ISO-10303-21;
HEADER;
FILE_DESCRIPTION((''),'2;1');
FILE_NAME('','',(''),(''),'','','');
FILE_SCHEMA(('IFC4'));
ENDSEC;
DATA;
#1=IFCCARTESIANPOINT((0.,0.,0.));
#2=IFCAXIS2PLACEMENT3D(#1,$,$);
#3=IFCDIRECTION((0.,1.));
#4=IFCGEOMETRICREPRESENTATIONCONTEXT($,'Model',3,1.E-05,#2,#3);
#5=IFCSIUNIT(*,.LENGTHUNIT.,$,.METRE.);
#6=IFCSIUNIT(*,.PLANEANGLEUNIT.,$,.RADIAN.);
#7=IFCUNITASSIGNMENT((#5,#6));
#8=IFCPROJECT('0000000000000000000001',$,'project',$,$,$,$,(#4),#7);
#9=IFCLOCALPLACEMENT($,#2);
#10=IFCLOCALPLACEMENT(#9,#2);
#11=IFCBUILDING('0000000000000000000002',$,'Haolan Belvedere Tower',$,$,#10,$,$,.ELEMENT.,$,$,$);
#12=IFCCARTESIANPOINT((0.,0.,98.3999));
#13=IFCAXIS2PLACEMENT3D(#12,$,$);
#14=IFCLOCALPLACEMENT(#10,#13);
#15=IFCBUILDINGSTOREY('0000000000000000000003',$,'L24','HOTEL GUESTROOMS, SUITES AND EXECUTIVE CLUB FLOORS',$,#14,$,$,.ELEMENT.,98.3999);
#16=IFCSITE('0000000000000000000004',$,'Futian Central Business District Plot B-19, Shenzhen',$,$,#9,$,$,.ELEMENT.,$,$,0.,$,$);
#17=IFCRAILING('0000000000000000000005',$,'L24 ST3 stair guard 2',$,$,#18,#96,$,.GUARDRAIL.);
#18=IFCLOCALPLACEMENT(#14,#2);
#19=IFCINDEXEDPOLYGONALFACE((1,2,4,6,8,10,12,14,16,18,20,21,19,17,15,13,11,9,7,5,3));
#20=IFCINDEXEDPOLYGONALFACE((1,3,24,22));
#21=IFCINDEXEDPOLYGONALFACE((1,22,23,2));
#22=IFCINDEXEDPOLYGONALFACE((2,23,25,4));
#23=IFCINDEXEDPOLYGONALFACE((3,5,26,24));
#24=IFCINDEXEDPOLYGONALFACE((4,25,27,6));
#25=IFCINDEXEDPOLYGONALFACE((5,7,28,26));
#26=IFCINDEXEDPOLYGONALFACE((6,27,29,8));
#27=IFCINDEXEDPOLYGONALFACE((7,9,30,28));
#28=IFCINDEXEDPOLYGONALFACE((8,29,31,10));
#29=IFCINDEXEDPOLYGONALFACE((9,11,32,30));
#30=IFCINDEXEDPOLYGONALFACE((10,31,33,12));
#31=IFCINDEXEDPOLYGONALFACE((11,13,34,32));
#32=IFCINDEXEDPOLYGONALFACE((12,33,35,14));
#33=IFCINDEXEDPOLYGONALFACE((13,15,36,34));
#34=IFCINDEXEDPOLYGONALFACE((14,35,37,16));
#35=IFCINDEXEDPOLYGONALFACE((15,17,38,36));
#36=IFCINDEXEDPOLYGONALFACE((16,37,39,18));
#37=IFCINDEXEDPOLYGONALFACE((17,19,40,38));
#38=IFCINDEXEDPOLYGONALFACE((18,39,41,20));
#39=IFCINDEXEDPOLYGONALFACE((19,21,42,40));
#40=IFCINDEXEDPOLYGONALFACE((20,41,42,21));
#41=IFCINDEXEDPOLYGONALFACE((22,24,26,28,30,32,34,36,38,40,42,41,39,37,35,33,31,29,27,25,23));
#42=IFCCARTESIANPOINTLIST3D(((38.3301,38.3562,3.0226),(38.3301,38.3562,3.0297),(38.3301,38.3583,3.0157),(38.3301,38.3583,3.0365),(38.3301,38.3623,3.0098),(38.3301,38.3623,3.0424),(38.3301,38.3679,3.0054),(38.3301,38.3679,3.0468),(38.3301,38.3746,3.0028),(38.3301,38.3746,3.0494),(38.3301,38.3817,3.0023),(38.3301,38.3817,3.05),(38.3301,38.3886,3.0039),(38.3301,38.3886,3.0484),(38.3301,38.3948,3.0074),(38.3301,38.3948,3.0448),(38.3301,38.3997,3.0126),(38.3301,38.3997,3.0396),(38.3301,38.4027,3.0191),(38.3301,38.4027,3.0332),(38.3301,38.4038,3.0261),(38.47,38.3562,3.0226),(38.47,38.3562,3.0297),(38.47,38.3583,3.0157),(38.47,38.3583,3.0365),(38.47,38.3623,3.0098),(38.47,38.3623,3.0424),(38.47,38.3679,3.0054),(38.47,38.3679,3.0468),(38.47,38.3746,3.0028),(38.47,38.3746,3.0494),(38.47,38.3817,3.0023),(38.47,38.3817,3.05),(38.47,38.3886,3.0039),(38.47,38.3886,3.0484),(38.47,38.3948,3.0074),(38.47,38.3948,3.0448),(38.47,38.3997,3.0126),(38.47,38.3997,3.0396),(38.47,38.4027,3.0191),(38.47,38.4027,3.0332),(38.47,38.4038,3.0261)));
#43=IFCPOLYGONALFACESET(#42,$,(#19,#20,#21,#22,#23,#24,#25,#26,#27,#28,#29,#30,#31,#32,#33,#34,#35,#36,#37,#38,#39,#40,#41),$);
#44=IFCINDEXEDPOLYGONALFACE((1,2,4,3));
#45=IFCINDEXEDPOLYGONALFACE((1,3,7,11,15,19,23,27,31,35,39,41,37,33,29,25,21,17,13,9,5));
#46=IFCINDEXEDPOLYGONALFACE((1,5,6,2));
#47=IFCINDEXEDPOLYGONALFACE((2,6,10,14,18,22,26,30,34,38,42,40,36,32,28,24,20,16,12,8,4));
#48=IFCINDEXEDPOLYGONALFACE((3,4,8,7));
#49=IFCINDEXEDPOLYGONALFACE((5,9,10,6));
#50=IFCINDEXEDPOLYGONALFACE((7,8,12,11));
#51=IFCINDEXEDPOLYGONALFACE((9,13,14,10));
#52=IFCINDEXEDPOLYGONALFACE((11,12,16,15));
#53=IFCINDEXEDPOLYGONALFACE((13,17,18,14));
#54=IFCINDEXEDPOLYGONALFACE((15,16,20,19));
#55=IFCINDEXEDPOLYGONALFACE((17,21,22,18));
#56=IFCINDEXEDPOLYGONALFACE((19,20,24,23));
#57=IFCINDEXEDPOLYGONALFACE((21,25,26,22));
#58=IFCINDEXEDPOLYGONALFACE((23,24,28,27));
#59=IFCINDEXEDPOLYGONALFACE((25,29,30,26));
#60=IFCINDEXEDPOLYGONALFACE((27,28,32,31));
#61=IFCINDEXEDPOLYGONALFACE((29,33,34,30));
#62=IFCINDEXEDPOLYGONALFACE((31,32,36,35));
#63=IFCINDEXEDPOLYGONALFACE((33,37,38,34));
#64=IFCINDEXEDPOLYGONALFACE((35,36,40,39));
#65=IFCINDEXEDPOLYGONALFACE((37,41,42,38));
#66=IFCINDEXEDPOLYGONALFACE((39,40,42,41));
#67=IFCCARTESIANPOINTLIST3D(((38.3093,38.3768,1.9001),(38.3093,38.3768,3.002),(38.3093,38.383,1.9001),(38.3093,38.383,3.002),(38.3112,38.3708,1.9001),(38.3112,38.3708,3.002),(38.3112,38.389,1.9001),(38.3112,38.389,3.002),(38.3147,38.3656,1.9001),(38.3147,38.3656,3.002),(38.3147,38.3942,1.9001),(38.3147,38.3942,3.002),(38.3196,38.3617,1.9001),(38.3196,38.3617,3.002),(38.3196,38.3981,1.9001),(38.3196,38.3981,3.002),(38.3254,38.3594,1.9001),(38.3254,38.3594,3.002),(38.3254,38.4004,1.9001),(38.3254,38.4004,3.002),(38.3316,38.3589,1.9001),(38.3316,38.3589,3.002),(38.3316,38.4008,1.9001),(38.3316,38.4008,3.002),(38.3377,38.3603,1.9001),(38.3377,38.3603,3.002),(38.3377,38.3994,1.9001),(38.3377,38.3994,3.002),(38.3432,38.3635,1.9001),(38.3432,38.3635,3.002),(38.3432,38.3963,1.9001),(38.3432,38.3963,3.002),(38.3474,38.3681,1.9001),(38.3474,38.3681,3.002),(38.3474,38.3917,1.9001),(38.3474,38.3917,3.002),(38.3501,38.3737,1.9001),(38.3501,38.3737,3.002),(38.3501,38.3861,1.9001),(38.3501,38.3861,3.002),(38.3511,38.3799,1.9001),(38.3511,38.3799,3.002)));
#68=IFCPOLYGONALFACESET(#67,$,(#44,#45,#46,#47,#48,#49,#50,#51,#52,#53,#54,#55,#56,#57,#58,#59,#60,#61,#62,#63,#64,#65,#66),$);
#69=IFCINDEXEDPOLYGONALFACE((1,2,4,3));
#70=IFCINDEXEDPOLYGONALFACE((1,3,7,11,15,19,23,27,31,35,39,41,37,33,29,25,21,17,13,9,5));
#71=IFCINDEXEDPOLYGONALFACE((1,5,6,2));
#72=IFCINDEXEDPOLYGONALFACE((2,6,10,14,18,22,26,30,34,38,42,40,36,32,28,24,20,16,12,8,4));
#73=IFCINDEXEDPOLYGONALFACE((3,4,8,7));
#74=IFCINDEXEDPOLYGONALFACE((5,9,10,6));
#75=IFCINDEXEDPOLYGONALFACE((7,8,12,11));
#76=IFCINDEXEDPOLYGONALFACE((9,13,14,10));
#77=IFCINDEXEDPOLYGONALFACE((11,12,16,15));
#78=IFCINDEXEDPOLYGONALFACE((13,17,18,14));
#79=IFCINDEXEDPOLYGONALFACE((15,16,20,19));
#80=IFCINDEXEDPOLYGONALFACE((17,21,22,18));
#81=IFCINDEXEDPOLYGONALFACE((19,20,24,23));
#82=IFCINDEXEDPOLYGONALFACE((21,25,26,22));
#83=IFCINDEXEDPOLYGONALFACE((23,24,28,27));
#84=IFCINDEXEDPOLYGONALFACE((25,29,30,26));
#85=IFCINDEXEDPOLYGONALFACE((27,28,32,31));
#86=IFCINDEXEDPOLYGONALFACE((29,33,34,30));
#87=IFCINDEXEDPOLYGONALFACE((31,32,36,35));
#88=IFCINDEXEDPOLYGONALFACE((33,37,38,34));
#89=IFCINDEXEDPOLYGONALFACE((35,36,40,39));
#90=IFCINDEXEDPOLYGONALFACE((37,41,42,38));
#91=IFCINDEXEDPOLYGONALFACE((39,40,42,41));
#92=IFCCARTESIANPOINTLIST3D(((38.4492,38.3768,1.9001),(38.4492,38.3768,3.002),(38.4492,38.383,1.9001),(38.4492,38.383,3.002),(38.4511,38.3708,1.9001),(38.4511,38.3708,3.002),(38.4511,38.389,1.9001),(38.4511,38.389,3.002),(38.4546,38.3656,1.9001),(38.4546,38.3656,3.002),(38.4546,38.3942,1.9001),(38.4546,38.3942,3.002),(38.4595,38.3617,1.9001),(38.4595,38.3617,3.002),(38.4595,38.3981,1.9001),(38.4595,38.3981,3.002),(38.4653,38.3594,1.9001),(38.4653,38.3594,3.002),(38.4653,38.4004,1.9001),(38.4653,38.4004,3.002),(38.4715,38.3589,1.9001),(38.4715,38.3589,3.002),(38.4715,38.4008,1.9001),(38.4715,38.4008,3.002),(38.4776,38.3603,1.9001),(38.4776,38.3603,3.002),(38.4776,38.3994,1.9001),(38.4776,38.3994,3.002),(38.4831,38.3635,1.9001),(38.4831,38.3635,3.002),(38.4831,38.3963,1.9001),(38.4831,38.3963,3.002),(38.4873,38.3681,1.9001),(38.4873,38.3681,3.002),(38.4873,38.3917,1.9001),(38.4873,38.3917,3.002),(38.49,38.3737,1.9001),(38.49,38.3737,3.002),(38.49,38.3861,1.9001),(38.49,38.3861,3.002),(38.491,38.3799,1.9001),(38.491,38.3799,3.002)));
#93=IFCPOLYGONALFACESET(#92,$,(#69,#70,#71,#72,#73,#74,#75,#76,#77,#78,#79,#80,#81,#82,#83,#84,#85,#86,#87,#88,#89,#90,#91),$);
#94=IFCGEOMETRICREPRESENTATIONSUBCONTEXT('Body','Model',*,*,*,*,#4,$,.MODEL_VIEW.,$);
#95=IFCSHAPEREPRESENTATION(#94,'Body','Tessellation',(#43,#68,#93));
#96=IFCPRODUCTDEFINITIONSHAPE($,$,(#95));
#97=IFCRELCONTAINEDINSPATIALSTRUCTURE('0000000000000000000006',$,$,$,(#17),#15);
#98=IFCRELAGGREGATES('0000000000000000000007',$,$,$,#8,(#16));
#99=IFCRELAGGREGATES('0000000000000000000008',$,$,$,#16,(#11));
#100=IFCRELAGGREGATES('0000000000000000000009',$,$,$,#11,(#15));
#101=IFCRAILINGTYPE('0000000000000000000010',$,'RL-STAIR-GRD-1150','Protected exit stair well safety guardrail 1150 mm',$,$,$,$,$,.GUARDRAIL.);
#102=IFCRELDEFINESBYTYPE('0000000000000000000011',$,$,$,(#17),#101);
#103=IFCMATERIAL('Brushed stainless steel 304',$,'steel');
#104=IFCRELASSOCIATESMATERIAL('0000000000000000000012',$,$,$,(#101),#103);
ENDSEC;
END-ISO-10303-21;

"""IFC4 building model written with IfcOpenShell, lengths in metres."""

from ifc_helpers import new_model, si_unit, direction, frame, origin, origin_2d, place, context, subcontext, project, spatial, circle, extrude, material, type_object, element, save


model = new_model("IFC4")

# Units and contexts
model_context = context("Model", 3, precision=1e-05, world=origin(), true_north=direction((0.0, 1.0)))
body_context = subcontext(model_context, "Body", "Model", "MODEL_VIEW")
ifc_project = project(units=[si_unit("LENGTHUNIT", "METRE"), si_unit("PLANEANGLEUNIT", "RADIAN")], contexts=[model_context])

# Site, building, storey
site_placement = place(None, origin())
site = spatial("IfcSite", under=ifc_project, at=site_placement, Name="Futian Central Business District Plot B-19, Shenzhen", CompositionType="ELEMENT", RefElevation=0.0)
building_placement = place(site_placement, origin())
building = spatial("IfcBuilding", under=site, at=building_placement, Name="Haolan Belvedere Tower", CompositionType="ELEMENT")
storey_placement = place(building_placement, frame((0.0, 0.0, 98.3999)))
storey = spatial("IfcBuildingStorey", under=building, at=storey_placement, Name="L24", Description="HOTEL GUESTROOMS, SUITES AND EXECUTIVE CLUB FLOORS", CompositionType="ELEMENT", Elevation=98.3999)

# Railing
ifc_material_1 = material(Name="Brushed stainless steel 304", Category="steel")
railing_type_1 = type_object("IfcRailingType", Name="RL-STAIR-GRD-1150", Description="Protected exit stair well safety guardrail 1150 mm", PredefinedType="GUARDRAIL", material=ifc_material_1)
railing_1_placement = place(storey_placement, frame((38.3301, 38.3799, 1.9001)))
element("IfcRailing", 1, at=railing_1_placement, inside=storey, type_object=railing_type_1, Name="L24 ST3 stair guard 2", PredefinedType="GUARDRAIL", context=body_context, shape_type="SweptSolid", body=[
    extrude(circle(Radius=0.0239, at=origin_2d()), frame((0.0, 0.0, 1.126), z_axis=(1.0, 0.0, 0.0), x_axis=(0.0, 1.0, 0.0)), (0.0, 0.0, 1.0), 0.1399),
    extrude(circle(Radius=0.021, at=origin_2d()), origin(), (0.0, 0.0, 1.0), 1.1018),
    extrude(circle(Radius=0.021, at=origin_2d()), frame((0.1399, 0.0, 0.0)), (0.0, 0.0, 1.0), 1.1018),
])

save(model, "model.ifc")
